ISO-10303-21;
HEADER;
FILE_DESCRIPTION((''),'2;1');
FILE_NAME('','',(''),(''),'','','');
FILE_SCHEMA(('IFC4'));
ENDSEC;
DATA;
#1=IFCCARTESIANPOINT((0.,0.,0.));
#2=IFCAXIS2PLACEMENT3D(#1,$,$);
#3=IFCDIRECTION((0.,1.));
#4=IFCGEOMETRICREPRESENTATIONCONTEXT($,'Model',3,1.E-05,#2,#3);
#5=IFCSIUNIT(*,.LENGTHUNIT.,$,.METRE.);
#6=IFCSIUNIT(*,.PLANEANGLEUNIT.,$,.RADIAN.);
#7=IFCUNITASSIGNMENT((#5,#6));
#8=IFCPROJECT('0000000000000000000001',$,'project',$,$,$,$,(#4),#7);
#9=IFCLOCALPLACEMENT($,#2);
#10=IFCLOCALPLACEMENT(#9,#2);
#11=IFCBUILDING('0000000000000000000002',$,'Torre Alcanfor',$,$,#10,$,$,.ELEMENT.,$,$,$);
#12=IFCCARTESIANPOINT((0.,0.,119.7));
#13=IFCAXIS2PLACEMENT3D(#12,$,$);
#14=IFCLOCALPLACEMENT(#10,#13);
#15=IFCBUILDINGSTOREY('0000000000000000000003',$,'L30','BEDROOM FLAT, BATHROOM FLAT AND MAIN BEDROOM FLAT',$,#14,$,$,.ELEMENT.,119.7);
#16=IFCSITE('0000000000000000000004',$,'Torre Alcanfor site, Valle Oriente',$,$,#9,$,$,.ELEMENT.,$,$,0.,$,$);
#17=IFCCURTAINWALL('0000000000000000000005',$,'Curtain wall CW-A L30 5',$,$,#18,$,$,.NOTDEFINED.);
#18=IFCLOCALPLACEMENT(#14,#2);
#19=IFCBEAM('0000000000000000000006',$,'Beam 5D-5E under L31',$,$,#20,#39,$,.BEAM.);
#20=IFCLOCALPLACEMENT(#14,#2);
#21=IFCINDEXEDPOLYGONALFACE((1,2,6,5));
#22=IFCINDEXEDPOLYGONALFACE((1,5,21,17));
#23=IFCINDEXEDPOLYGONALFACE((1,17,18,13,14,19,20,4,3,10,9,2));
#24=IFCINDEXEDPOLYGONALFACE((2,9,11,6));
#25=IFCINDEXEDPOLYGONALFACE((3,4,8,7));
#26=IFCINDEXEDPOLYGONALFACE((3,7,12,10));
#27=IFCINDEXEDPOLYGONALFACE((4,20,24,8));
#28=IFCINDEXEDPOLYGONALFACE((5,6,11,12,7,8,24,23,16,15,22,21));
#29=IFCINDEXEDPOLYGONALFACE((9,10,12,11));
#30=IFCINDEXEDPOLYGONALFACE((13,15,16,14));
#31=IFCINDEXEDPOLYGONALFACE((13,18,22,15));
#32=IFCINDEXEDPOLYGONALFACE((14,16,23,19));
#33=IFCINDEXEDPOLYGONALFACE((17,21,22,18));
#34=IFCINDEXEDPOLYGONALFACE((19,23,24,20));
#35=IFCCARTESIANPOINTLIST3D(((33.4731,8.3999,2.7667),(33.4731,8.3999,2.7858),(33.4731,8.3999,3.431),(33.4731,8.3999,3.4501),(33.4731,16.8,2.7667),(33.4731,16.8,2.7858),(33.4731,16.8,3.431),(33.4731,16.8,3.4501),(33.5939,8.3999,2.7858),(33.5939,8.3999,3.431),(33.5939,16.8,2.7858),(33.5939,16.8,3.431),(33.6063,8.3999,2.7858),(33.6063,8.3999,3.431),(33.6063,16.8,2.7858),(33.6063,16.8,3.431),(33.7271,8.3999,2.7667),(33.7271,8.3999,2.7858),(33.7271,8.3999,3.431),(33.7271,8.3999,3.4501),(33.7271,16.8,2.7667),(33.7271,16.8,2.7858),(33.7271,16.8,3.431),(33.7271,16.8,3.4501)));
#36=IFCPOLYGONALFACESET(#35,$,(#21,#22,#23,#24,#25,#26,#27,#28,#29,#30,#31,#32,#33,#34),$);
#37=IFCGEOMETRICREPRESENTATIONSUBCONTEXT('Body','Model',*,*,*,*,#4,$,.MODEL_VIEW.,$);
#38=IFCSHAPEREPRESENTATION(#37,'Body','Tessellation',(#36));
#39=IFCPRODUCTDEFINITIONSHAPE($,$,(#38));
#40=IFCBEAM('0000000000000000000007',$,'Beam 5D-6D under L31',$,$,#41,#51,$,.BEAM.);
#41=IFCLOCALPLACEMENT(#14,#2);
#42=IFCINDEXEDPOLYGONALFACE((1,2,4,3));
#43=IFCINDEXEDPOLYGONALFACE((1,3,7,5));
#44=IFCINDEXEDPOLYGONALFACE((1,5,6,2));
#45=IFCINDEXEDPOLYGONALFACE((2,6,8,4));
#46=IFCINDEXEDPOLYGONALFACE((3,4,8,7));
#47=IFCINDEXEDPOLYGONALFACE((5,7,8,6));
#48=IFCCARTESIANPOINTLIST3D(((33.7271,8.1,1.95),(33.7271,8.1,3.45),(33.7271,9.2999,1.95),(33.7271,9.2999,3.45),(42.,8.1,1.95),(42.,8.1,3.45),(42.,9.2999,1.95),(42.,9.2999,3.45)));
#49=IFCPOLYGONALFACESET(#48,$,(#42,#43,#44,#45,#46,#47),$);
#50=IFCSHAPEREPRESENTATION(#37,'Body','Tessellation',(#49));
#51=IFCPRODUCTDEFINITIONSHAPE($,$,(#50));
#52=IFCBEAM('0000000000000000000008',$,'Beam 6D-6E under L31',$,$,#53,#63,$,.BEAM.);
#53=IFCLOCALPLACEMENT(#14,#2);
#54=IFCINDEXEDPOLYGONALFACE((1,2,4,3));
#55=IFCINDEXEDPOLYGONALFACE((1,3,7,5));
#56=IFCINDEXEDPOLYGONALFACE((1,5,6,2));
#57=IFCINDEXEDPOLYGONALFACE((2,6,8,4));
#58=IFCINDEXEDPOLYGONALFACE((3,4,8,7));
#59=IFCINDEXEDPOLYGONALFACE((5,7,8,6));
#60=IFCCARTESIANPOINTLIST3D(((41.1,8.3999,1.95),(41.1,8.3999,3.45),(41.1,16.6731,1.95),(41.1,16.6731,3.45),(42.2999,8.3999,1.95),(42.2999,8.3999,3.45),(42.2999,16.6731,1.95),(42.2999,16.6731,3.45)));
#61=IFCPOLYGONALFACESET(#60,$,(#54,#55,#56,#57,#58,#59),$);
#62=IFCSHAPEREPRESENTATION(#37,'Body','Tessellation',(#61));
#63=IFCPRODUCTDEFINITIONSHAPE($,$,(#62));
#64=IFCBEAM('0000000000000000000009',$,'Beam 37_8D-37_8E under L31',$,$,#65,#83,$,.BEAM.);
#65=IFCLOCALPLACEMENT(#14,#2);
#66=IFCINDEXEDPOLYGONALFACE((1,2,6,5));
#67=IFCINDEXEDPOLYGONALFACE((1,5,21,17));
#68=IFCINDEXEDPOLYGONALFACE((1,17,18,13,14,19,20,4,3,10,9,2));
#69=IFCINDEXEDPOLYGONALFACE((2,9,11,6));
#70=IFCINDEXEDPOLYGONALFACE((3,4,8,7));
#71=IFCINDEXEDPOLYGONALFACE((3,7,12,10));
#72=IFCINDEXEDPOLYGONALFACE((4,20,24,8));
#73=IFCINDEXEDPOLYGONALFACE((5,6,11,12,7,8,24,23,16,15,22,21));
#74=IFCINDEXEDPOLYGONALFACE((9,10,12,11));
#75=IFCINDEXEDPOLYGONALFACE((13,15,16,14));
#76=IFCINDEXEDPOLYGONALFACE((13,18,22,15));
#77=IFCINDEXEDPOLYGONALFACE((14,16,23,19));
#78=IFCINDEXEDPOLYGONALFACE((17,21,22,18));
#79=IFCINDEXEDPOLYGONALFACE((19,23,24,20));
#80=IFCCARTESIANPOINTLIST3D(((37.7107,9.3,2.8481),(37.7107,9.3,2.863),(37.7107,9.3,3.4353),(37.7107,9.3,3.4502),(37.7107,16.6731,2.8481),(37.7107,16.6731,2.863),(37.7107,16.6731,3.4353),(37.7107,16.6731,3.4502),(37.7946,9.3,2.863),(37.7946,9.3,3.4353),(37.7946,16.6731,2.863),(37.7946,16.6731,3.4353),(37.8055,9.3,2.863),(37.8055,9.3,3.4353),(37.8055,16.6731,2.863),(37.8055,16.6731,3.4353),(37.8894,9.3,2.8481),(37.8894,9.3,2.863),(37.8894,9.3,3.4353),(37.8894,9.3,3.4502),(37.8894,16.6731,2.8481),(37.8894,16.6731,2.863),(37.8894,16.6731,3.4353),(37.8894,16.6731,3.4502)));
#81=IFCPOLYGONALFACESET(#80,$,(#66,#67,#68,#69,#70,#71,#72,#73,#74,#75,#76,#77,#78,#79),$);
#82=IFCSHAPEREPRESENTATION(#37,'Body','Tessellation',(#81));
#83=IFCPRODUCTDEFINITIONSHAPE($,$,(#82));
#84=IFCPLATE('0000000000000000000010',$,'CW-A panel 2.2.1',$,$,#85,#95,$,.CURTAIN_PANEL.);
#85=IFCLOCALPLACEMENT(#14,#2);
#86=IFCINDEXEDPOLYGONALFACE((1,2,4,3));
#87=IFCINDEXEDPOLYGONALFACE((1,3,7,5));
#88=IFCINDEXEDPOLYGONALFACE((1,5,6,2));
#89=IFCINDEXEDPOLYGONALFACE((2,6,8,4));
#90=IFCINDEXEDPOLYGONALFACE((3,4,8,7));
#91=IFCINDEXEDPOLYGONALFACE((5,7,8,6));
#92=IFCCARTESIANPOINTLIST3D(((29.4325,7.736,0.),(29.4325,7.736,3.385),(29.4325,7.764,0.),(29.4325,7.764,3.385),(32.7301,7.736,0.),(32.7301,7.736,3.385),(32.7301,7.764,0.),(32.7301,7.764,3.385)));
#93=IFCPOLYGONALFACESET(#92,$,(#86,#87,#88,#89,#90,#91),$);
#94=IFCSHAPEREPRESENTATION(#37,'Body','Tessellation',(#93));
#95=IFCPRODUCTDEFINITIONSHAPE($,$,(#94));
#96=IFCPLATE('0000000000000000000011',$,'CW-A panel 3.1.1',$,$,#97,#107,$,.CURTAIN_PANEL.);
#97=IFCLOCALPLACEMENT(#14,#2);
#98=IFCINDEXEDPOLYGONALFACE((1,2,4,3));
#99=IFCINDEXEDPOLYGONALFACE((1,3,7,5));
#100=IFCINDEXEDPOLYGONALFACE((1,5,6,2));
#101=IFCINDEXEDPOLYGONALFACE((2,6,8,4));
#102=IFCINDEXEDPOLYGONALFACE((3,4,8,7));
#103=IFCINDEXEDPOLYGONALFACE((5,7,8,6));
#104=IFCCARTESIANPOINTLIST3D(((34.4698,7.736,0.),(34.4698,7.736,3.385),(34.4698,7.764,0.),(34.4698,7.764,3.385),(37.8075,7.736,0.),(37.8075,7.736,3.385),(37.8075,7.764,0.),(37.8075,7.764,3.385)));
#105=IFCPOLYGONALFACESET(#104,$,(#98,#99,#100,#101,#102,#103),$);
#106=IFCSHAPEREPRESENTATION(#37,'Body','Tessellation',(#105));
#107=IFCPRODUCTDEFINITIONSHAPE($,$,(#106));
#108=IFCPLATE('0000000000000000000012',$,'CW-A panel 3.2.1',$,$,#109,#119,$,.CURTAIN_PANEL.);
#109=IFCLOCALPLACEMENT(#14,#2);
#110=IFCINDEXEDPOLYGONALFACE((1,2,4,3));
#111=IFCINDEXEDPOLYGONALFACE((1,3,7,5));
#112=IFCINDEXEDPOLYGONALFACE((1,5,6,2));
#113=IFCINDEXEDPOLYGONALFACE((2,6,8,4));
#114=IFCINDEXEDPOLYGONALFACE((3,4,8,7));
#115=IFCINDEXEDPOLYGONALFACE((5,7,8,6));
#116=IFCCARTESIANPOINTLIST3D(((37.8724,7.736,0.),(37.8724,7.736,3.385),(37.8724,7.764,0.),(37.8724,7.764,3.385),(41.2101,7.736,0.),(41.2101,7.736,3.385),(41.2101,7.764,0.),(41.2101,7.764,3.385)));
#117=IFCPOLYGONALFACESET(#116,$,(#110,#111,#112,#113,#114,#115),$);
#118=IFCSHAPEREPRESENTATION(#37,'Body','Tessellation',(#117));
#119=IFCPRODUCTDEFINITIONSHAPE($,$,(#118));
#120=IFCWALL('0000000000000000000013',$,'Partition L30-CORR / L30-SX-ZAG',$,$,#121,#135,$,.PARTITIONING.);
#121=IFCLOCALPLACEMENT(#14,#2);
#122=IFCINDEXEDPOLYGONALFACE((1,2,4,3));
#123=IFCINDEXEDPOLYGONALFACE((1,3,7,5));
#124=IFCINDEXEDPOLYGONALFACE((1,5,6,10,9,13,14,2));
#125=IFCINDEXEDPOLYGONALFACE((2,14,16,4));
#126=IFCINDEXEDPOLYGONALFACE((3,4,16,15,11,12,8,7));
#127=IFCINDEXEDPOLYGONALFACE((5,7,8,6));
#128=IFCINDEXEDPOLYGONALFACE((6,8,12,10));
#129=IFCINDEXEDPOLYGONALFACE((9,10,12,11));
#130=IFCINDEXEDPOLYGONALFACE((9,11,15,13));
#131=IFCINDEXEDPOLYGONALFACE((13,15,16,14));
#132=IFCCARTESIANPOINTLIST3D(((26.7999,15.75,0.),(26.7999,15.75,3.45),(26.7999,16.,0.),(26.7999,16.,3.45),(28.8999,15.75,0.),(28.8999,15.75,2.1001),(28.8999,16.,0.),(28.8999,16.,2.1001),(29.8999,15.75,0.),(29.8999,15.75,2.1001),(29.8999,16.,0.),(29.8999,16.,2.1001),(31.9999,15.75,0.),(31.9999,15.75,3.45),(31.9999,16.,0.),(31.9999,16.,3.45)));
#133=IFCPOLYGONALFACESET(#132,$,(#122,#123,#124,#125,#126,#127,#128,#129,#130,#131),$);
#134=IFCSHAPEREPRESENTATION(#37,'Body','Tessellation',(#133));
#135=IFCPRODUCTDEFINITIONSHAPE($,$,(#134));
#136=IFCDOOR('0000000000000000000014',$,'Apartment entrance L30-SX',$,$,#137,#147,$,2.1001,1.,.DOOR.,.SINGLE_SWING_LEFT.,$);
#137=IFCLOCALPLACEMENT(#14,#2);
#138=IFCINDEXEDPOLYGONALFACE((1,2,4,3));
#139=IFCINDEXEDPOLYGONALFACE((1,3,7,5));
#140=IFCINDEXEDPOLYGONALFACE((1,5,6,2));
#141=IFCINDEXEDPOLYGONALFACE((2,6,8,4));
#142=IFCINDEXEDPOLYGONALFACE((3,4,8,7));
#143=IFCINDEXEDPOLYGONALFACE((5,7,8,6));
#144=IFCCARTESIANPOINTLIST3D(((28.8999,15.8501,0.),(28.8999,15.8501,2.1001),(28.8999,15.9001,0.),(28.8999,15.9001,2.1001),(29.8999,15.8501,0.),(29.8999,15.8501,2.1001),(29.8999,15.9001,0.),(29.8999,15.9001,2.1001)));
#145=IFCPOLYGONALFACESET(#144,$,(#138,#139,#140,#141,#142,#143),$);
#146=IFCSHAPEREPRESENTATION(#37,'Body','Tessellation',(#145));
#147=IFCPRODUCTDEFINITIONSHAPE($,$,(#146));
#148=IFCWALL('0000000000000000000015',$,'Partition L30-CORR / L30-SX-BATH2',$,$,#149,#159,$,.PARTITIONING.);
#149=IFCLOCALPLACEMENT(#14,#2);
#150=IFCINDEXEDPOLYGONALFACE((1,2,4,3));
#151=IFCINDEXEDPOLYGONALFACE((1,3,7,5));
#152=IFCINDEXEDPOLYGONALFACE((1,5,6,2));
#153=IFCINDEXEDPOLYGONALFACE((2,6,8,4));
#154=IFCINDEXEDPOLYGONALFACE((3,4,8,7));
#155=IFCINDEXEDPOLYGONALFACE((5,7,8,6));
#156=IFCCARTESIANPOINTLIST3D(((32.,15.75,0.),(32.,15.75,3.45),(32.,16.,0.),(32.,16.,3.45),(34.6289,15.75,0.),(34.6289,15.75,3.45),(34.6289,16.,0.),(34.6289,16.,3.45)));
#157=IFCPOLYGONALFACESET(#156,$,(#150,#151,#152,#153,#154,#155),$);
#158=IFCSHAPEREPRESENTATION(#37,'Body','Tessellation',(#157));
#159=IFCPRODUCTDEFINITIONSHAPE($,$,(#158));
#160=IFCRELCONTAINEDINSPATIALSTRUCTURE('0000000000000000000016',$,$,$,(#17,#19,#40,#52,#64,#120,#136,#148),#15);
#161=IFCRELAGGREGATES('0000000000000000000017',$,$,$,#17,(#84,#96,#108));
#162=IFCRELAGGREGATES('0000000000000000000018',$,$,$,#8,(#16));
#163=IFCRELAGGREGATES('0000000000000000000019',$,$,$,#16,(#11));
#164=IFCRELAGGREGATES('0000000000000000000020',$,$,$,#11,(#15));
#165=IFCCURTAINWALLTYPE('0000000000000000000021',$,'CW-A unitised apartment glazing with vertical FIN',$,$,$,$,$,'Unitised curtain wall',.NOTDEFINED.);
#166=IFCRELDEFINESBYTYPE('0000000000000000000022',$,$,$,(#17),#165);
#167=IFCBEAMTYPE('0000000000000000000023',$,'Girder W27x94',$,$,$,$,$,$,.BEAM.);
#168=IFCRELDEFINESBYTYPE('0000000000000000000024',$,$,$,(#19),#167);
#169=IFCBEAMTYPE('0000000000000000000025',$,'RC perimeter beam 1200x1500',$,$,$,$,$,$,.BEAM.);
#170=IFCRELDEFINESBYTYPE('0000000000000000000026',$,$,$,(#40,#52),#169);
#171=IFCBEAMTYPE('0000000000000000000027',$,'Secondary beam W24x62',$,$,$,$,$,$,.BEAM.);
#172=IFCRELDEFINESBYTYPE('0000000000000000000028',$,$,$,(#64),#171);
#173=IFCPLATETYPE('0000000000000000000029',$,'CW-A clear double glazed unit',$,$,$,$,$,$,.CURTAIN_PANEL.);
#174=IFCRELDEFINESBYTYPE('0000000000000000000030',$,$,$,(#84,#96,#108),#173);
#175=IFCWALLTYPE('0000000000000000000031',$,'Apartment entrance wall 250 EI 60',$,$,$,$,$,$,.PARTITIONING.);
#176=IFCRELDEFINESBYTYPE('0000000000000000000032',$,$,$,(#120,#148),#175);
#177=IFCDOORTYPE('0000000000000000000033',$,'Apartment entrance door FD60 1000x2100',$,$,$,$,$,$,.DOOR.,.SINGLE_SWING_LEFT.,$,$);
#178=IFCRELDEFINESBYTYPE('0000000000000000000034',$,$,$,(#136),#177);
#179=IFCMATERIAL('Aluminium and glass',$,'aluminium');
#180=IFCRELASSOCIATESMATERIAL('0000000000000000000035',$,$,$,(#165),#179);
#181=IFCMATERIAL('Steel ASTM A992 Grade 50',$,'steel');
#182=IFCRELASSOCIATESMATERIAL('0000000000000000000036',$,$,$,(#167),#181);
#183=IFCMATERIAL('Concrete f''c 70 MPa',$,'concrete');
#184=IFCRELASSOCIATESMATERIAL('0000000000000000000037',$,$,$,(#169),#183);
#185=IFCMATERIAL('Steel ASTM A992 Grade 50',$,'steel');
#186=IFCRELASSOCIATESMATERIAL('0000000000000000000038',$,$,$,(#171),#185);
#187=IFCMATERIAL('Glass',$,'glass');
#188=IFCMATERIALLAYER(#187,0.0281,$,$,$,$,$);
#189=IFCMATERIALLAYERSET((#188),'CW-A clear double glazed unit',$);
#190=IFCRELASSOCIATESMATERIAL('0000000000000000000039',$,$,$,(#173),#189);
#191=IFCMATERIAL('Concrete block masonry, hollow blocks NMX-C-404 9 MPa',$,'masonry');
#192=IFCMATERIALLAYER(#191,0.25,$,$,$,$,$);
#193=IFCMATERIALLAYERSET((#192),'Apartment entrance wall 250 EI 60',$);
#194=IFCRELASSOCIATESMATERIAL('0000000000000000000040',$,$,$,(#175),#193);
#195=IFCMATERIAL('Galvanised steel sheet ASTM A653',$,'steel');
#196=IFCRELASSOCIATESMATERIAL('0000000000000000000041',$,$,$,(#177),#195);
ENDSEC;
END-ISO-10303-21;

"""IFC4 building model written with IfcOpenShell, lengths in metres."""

from ifc_helpers import new_model, si_unit, direction, frame, frame_2d, origin, origin_2d, place, context, subcontext, project, spatial, rectangle, i_section, extrude, material, layer, layer_set, material_profile, profile_set, type_object, element, fill, aggregate, save


model = new_model("IFC4")

# Units and contexts
model_context = context("Model", 3, precision=1e-05, world=origin(), true_north=direction((0.0, 1.0)))
body_context = subcontext(model_context, "Body", "Model", "MODEL_VIEW")
ifc_project = project(units=[si_unit("LENGTHUNIT", "METRE"), si_unit("PLANEANGLEUNIT", "RADIAN")], contexts=[model_context])

# Site, building, storey
site_placement = place(None, origin())
site = spatial("IfcSite", under=ifc_project, at=site_placement, Name="Torre Alcanfor site, Valle Oriente", CompositionType="ELEMENT", RefElevation=0.0)
building_placement = place(site_placement, origin())
building = spatial("IfcBuilding", under=site, at=building_placement, Name="Torre Alcanfor", CompositionType="ELEMENT")
storey_placement = place(building_placement, frame((0.0, 0.0, 119.7)))
storey = spatial("IfcBuildingStorey", under=building, at=storey_placement, Name="L30", Description="BEDROOM FLAT, BATHROOM FLAT AND MAIN BEDROOM FLAT", CompositionType="ELEMENT", Elevation=119.7)

# Curtain wall
ifc_material_1 = material(Name="Aluminium and glass", Category="aluminium")
curtain_wall_type = type_object("IfcCurtainWallType", Name="CW-A unitised apartment glazing with vertical FIN", ElementType="Unitised curtain wall", PredefinedType="NOTDEFINED", material=ifc_material_1)
curtain_wall_placement = place(storey_placement, origin())
curtain_wall = element("IfcCurtainWall", 1, at=curtain_wall_placement, inside=storey, type_object=curtain_wall_type, Name="Curtain wall CW-A L30 5", PredefinedType="NOTDEFINED")

# Beams
ifc_material_2 = material(Name="Steel ASTM A992 Grade 50", Category="steel")
ifc_material_profile_1 = material_profile(ifc_material_2, i_section(OverallWidth=0.2539, OverallDepth=0.6833, WebThickness=0.0125, FlangeThickness=0.019, at=origin_2d()), Name="W27x94")
ifc_profile_set_1 = profile_set([ifc_material_profile_1], Name="Steel ASTM A992 Grade 50")
beam_type_1 = type_object("IfcBeamType", Name="Girder W27x94", PredefinedType="BEAM", material=ifc_profile_set_1)
beam_1_placement = place(storey_placement, frame((33.6001, 8.3999, 3.1084), z_axis=(0.0, 1.0, 0.0), x_axis=(-1.0, 0.0, 0.0)))
element("IfcBeam", 2, at=beam_1_placement, inside=storey, type_object=beam_type_1, Name="Beam 5D-5E under L31", PredefinedType="BEAM", context=body_context, shape_type="SweptSolid", body=[
    extrude(i_section(OverallWidth=0.2539, OverallDepth=0.6833, WebThickness=0.0125, FlangeThickness=0.019, at=origin_2d()), origin(), (0.0, 0.0, 1.0), 8.4001),
])
ifc_material_3 = material(Name="Concrete f'c 70 MPa", Category="concrete")
ifc_material_profile_2 = material_profile(ifc_material_3, rectangle(XDim=1.2, YDim=1.5, at=origin_2d()), Name="1200x1500")
ifc_profile_set_2 = profile_set([ifc_material_profile_2], Name="Concrete f'c 70 MPa")
beam_type_2 = type_object("IfcBeamType", Name="RC perimeter beam 1200x1500", PredefinedType="BEAM", material=ifc_profile_set_2)
beam_2_placement = place(storey_placement, frame((33.7271, 8.7, 2.7), z_axis=(1.0, 0.0, 0.0), x_axis=(0.0, 1.0, 0.0)))
element("IfcBeam", 3, at=beam_2_placement, inside=storey, type_object=beam_type_2, Name="Beam 5D-6D under L31", PredefinedType="BEAM", context=body_context, shape_type="SweptSolid", body=[
    extrude(rectangle(XDim=1.2, YDim=1.5, at=origin_2d()), origin(), (0.0, 0.0, 1.0), 8.2729),
])
beam_3_placement = place(storey_placement, frame((41.7, 8.3999, 2.7), z_axis=(0.0, 1.0, 0.0), x_axis=(-1.0, 0.0, 0.0)))
element("IfcBeam", 4, at=beam_3_placement, inside=storey, type_object=beam_type_2, Name="Beam 6D-6E under L31", PredefinedType="BEAM", context=body_context, shape_type="SweptSolid", body=[
    extrude(rectangle(XDim=1.2, YDim=1.5, at=origin_2d()), origin(), (0.0, 0.0, 1.0), 8.2732),
])
ifc_material_4 = material(Name="Steel ASTM A992 Grade 50", Category="steel")
ifc_material_profile_3 = material_profile(ifc_material_4, i_section(OverallWidth=0.1787, OverallDepth=0.6021, WebThickness=0.011, FlangeThickness=0.0149, at=origin_2d()), Name="W24x62")
ifc_profile_set_3 = profile_set([ifc_material_profile_3], Name="Steel ASTM A992 Grade 50")
beam_type_3 = type_object("IfcBeamType", Name="Secondary beam W24x62", PredefinedType="BEAM", material=ifc_profile_set_3)
beam_4_placement = place(storey_placement, frame((37.8, 9.3, 3.1492), z_axis=(0.0, 1.0, 0.0), x_axis=(-1.0, 0.0, 0.0)))
element("IfcBeam", 5, at=beam_4_placement, inside=storey, type_object=beam_type_3, Name="Beam 37_8D-37_8E under L31", PredefinedType="BEAM", context=body_context, shape_type="SweptSolid", body=[
    extrude(i_section(OverallWidth=0.1787, OverallDepth=0.6021, WebThickness=0.011, FlangeThickness=0.0149, at=origin_2d()), origin(), (0.0, 0.0, 1.0), 7.373),
])

# Plates
ifc_material_5 = material(Name="Glass", Category="glass")
ifc_layer_1 = layer(ifc_material_5, 0.0281)
ifc_layer_set_1 = layer_set([ifc_layer_1], Name="CW-A clear double glazed unit")
plate_type = type_object("IfcPlateType", Name="CW-A clear double glazed unit", PredefinedType="CURTAIN_PANEL", material=ifc_layer_set_1)
plate_1_placement = place(storey_placement, frame((31.0813, 7.75, 0.0), z_axis=(0.0, 0.0, 1.0), x_axis=(1.0, 0.0, 0.0)))
plate_1 = element("IfcPlate", 6, at=plate_1_placement, type_object=plate_type, Name="CW-A panel 2.2.1", PredefinedType="CURTAIN_PANEL", context=body_context, shape_type="SweptSolid", body=[
    extrude(rectangle(XDim=3.2976, YDim=0.0281, at=origin_2d()), origin(), (0.0, 0.0, 1.0), 3.385),
])
plate_2_placement = place(storey_placement, frame((36.1387, 7.75, 0.0), z_axis=(0.0, 0.0, 1.0), x_axis=(1.0, 0.0, 0.0)))
plate_2 = element("IfcPlate", 7, at=plate_2_placement, type_object=plate_type, Name="CW-A panel 3.1.1", PredefinedType="CURTAIN_PANEL", context=body_context, shape_type="SweptSolid", body=[
    extrude(rectangle(XDim=3.3376, YDim=0.0281, at=origin_2d()), origin(), (0.0, 0.0, 1.0), 3.385),
])
plate_3_placement = place(storey_placement, frame((39.5413, 7.75, 0.0), z_axis=(0.0, 0.0, 1.0), x_axis=(1.0, 0.0, 0.0)))
plate_3 = element("IfcPlate", 8, at=plate_3_placement, type_object=plate_type, Name="CW-A panel 3.2.1", PredefinedType="CURTAIN_PANEL", context=body_context, shape_type="SweptSolid", body=[
    extrude(rectangle(XDim=3.3376, YDim=0.0281, at=origin_2d()), origin(), (0.0, 0.0, 1.0), 3.385),
])
aggregate(curtain_wall, [plate_1, plate_2, plate_3])

# Wall, opening, door
ifc_material_6 = material(Name="Concrete block masonry, hollow blocks NMX-C-404 9 MPa", Category="masonry")
ifc_layer_2 = layer(ifc_material_6, 0.25)
ifc_layer_set_2 = layer_set([ifc_layer_2], Name="Apartment entrance wall 250 EI 60")
wall_type_1 = type_object("IfcWallType", Name="Apartment entrance wall 250 EI 60", PredefinedType="PARTITIONING", material=ifc_layer_set_2)
wall_1_placement = place(storey_placement, frame((32.0, 15.875, 0.0), z_axis=(0.0, 0.0, 1.0), x_axis=(-1.0, 0.0, 0.0)))
wall_1 = element("IfcWall", 9, at=wall_1_placement, inside=storey, type_object=wall_type_1, Name="Partition L30-CORR / L30-SX-ZAG", PredefinedType="PARTITIONING", context=body_context, shape_type="SweptSolid", body=[
    extrude(rectangle(XDim=5.2, YDim=0.25, at=frame_2d((2.6001, 0.0))), origin(), (0.0, 0.0, 1.0), 3.45),
])
opening_1_placement = place(wall_1_placement, frame((2.1001, 0.0, 0.0)))
opening_1 = element("IfcOpeningElement", 10, at=opening_1_placement, cuts=wall_1, PredefinedType="OPENING", context=body_context, shape_type="SweptSolid", body=[
    extrude(rectangle(XDim=1.0, YDim=2.1001, at=frame_2d((0.5, 1.05))), frame((0.0, 0.135, 0.0), z_axis=(0.0, -1.0, 0.0), x_axis=(1.0, 0.0, 0.0)), (0.0, 0.0, 1.0), 0.27),
])
ifc_material_7 = material(Name="Galvanised steel sheet ASTM A653", Category="steel")
door_type_1 = type_object("IfcDoorType", Name="Apartment entrance door FD60 1000x2100", OperationType="SINGLE_SWING_LEFT", PredefinedType="DOOR", material=ifc_material_7)
door_1_placement = place(opening_1_placement, origin())
door_1 = element("IfcDoor", 11, at=door_1_placement, inside=storey, type_object=door_type_1, Name="Apartment entrance L30-SX", OperationType="SINGLE_SWING_LEFT", OverallHeight=2.1001, OverallWidth=1.0, PredefinedType="DOOR", context=body_context, shape_type="SweptSolid", body=[
    extrude(rectangle(XDim=1.0, YDim=2.1001, at=frame_2d((0.5, 1.05))), frame((0.0, 0.0249, 0.0), z_axis=(0.0, -1.0, 0.0), x_axis=(1.0, 0.0, 0.0)), (0.0, 0.0, 1.0), 0.05),
])
fill(opening_1, door_1)

# Wall
wall_2_placement = place(storey_placement, frame((34.6289, 15.875, 0.0), z_axis=(0.0, 0.0, 1.0), x_axis=(-1.0, 0.0, 0.0)))
element("IfcWall", 12, at=wall_2_placement, inside=storey, type_object=wall_type_1, Name="Partition L30-CORR / L30-SX-BATH2", PredefinedType="PARTITIONING", context=body_context, shape_type="SweptSolid", body=[
    extrude(rectangle(XDim=2.6289, YDim=0.25, at=frame_2d((1.3145, 0.0))), origin(), (0.0, 0.0, 1.0), 3.45),
])

save(model, "model.ifc")
